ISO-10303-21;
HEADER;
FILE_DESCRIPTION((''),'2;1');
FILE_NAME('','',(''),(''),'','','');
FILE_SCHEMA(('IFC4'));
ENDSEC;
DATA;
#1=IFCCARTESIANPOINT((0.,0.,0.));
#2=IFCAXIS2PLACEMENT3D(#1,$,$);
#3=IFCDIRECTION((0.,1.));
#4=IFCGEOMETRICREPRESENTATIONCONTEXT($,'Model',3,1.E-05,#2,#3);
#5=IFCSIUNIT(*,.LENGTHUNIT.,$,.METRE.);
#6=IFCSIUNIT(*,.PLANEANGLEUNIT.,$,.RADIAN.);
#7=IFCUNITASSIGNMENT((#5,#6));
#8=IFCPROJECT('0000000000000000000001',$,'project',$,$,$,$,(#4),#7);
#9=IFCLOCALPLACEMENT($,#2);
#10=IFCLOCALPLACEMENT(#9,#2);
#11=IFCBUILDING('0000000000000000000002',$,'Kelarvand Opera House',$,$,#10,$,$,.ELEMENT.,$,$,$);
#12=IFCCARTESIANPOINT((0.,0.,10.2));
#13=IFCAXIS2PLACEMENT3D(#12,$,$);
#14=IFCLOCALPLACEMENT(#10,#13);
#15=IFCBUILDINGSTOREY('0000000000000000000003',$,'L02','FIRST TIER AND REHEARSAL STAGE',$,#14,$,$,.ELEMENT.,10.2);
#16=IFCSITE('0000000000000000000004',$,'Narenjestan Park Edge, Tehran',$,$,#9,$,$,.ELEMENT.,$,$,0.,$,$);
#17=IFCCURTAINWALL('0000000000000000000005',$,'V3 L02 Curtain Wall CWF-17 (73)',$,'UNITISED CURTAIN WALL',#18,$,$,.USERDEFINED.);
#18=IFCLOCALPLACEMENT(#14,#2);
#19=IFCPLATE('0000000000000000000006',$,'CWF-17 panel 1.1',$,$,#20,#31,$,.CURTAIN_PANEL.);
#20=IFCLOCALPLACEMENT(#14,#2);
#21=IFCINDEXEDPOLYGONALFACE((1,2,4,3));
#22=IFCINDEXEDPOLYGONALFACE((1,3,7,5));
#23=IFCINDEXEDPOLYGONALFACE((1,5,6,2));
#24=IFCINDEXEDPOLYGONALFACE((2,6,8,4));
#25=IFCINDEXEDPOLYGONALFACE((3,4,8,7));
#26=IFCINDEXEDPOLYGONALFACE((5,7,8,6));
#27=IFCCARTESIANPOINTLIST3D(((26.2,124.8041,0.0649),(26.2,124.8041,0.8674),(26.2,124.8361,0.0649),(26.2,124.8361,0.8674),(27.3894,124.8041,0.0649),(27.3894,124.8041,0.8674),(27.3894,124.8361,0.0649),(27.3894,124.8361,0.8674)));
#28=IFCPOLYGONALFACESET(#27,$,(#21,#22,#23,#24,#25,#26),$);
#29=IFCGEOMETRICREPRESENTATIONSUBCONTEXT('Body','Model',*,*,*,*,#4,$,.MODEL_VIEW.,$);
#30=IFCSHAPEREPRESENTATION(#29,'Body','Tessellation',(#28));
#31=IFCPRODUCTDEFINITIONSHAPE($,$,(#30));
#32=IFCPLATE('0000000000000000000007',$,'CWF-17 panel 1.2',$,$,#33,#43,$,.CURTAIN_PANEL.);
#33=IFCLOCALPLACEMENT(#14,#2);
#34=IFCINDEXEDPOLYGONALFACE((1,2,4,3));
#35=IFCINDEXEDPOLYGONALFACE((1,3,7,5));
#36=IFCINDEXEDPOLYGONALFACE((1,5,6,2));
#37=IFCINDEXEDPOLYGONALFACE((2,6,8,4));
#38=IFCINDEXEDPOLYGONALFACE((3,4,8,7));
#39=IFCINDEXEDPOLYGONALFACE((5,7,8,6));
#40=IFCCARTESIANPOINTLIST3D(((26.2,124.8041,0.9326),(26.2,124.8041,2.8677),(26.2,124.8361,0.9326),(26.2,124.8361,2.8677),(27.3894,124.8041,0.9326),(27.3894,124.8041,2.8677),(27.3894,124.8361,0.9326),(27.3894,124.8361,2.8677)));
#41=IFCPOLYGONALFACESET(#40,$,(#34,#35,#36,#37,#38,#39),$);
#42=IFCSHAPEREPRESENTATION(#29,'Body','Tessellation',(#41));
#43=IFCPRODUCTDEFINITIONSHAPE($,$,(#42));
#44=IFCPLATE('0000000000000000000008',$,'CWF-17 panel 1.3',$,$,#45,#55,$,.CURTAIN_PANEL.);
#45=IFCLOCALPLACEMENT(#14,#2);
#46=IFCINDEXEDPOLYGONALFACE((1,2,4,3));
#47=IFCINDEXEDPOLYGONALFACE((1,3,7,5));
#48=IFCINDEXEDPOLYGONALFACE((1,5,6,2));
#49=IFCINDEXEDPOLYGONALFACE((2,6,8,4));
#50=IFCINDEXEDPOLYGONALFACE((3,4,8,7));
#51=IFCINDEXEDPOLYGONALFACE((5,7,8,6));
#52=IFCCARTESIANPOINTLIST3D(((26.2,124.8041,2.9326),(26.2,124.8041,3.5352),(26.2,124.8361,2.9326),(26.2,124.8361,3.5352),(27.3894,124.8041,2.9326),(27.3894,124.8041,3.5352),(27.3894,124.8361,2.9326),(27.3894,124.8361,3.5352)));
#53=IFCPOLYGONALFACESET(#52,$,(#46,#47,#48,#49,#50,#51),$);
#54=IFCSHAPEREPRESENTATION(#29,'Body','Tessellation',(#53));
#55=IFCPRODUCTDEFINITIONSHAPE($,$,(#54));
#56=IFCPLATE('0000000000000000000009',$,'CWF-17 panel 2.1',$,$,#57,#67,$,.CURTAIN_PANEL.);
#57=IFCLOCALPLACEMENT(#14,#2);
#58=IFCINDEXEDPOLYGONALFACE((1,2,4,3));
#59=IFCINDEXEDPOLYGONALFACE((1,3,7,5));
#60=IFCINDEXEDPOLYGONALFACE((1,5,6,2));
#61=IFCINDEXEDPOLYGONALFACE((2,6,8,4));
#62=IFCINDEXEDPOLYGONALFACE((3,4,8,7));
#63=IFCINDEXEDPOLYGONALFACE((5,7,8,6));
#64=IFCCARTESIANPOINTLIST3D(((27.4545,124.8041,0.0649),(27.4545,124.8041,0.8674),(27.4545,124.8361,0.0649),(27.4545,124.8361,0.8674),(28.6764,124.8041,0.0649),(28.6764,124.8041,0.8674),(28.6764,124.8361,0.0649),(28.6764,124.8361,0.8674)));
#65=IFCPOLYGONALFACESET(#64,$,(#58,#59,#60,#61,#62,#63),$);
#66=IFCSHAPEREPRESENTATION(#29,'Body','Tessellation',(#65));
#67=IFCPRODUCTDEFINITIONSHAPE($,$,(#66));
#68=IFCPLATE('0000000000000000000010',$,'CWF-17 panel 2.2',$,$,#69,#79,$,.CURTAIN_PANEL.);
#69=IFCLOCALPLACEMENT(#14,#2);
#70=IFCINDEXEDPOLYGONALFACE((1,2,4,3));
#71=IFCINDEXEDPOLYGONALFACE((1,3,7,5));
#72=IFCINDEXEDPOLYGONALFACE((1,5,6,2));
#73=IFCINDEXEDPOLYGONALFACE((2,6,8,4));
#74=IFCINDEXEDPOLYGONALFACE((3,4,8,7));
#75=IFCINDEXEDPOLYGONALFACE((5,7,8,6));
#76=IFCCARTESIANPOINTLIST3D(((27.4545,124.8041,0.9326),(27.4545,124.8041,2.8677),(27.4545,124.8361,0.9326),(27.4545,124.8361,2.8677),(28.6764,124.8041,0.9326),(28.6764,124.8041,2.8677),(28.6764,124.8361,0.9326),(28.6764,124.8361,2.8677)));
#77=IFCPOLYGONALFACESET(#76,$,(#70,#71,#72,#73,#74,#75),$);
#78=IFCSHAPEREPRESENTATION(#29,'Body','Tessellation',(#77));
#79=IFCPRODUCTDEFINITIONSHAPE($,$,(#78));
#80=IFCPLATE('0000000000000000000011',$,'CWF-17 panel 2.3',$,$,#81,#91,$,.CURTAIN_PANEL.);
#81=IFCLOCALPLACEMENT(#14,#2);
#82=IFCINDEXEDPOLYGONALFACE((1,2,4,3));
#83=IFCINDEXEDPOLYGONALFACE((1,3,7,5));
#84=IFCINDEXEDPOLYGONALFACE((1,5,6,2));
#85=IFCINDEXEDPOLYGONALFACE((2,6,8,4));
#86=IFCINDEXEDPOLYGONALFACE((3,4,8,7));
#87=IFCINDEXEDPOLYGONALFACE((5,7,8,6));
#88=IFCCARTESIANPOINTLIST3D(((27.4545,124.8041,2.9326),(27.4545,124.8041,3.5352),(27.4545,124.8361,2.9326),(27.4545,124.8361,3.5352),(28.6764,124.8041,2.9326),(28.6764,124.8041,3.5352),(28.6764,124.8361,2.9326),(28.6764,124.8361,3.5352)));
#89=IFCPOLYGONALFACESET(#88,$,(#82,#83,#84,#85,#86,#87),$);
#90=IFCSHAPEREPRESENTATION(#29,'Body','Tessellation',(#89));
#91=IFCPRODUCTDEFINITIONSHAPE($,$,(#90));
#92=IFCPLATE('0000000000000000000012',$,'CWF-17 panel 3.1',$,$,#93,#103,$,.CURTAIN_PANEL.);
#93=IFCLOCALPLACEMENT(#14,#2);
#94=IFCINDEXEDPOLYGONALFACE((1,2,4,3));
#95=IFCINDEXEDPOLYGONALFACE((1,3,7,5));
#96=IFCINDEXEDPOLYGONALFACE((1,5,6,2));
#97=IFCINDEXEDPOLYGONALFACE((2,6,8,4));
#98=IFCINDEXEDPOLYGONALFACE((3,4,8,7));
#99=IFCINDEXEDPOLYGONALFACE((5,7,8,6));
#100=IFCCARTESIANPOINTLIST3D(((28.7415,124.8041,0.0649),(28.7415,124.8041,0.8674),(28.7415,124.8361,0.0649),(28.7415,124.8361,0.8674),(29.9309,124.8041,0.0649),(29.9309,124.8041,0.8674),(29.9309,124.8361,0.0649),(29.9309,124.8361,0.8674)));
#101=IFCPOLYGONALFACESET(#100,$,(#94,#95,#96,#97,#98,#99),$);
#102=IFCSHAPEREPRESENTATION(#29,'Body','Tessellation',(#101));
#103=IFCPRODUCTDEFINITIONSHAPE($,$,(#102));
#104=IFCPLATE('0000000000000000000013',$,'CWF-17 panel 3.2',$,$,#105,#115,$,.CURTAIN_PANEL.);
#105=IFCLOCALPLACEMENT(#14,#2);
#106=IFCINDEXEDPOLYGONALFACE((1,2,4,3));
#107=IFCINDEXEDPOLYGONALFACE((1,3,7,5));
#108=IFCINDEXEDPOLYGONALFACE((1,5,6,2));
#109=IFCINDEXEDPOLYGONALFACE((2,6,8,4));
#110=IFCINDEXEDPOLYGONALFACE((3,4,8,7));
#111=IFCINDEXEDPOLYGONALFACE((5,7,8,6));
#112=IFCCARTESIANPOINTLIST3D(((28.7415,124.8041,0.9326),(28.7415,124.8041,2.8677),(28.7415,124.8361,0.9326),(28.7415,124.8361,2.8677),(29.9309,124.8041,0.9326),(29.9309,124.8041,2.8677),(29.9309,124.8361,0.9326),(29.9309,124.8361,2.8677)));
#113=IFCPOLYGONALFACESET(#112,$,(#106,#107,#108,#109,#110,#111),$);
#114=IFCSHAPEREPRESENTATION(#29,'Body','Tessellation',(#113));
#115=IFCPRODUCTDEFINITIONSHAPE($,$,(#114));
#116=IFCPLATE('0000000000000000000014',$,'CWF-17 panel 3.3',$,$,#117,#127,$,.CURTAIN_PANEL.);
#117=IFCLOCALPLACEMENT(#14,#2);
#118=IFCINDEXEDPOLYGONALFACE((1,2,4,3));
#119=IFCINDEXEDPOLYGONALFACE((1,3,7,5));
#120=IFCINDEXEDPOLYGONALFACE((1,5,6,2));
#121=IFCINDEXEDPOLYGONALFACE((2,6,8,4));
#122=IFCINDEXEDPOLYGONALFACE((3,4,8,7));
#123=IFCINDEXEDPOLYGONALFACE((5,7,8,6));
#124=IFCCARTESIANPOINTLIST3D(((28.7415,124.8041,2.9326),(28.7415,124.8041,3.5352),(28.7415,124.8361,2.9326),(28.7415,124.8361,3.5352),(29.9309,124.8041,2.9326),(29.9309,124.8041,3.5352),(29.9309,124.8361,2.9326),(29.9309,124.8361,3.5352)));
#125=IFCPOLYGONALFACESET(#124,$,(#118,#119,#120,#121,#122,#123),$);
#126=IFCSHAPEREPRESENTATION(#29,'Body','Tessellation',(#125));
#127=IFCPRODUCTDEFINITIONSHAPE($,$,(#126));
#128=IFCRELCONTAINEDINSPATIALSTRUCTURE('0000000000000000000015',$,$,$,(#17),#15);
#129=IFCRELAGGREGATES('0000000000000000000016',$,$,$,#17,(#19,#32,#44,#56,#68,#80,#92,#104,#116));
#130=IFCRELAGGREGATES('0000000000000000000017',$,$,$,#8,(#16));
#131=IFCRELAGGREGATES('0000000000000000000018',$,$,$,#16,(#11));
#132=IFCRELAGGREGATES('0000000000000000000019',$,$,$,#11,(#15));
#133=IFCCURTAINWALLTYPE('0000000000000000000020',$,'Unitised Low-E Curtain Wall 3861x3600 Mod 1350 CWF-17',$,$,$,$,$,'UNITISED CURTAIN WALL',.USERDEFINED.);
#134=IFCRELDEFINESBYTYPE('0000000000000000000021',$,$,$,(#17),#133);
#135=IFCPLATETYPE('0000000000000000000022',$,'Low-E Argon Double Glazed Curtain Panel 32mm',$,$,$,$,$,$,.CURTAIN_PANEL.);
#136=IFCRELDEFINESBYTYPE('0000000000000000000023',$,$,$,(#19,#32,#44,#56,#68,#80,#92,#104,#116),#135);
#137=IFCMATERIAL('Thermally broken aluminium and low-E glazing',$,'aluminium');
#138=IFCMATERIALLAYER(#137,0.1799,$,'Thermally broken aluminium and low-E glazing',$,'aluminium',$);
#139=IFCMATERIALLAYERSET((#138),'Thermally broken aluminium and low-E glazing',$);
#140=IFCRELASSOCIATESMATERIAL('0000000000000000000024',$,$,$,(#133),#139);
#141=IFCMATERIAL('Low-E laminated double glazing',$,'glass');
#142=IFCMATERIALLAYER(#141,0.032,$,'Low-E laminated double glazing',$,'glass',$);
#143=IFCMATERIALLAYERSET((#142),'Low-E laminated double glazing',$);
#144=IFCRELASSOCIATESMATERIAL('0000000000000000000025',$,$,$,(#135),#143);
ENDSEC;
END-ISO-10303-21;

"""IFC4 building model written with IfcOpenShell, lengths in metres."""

from ifc_helpers import new_model, si_unit, direction, frame, origin, origin_2d, place, context, subcontext, project, spatial, rectangle, extrude, material, layer, layer_set, type_object, element, aggregate, save


model = new_model("IFC4")

# Units and contexts
model_context = context("Model", 3, precision=1e-05, world=origin(), true_north=direction((0.0, 1.0)))
body_context = subcontext(model_context, "Body", "Model", "MODEL_VIEW")
ifc_project = project(units=[si_unit("LENGTHUNIT", "METRE"), si_unit("PLANEANGLEUNIT", "RADIAN")], contexts=[model_context])

# Site, building, storey
site_placement = place(None, origin())
site = spatial("IfcSite", under=ifc_project, at=site_placement, Name="Narenjestan Park Edge, Tehran", CompositionType="ELEMENT", RefElevation=0.0)
building_placement = place(site_placement, origin())
building = spatial("IfcBuilding", under=site, at=building_placement, Name="Kelarvand Opera House", CompositionType="ELEMENT")
storey_placement = place(building_placement, frame((0.0, 0.0, 10.2)))
storey = spatial("IfcBuildingStorey", under=building, at=storey_placement, Name="L02", Description="FIRST TIER AND REHEARSAL STAGE", CompositionType="ELEMENT", Elevation=10.2)

# Curtain wall
ifc_material_1 = material(Name="Thermally broken aluminium and low-E glazing", Category="aluminium")
ifc_layer_1 = layer(ifc_material_1, 0.1799, Name="Thermally broken aluminium and low-E glazing", Category="aluminium")
ifc_layer_set_1 = layer_set([ifc_layer_1], Name="Thermally broken aluminium and low-E glazing")
curtain_wall_type = type_object("IfcCurtainWallType", Name="Unitised Low-E Curtain Wall 3861x3600 Mod 1350 CWF-17", ElementType="UNITISED CURTAIN WALL", PredefinedType="USERDEFINED", material=ifc_layer_set_1)
curtain_wall_1_placement = place(storey_placement, origin())
curtain_wall_1 = element("IfcCurtainWall", 1, at=curtain_wall_1_placement, inside=storey, type_object=curtain_wall_type, Name="V3 L02 Curtain Wall CWF-17 (73)", ObjectType="UNITISED CURTAIN WALL", PredefinedType="USERDEFINED")

# Plates
ifc_material_2 = material(Name="Low-E laminated double glazing", Category="glass")
ifc_layer_2 = layer(ifc_material_2, 0.032, Name="Low-E laminated double glazing", Category="glass")
ifc_layer_set_2 = layer_set([ifc_layer_2], Name="Low-E laminated double glazing")
plate_type = type_object("IfcPlateType", Name="Low-E Argon Double Glazed Curtain Panel 32mm", PredefinedType="CURTAIN_PANEL", material=ifc_layer_set_2)
plate_1_placement = place(storey_placement, frame((26.7947, 124.8201, 0.0649), z_axis=(0.0, 0.0, 1.0), x_axis=(1.0, 0.0, 0.0)))
plate_1 = element("IfcPlate", 2, at=plate_1_placement, type_object=plate_type, Name="CWF-17 panel 1.1", PredefinedType="CURTAIN_PANEL", context=body_context, shape_type="SweptSolid", body=[
    extrude(rectangle(XDim=1.1895, YDim=0.032, at=origin_2d()), origin(), (0.0, 0.0, 1.0), 0.8025),
])
plate_2_placement = place(storey_placement, frame((26.7947, 124.8201, 0.9326), z_axis=(0.0, 0.0, 1.0), x_axis=(1.0, 0.0, 0.0)))
plate_2 = element("IfcPlate", 3, at=plate_2_placement, type_object=plate_type, Name="CWF-17 panel 1.2", PredefinedType="CURTAIN_PANEL", context=body_context, shape_type="SweptSolid", body=[
    extrude(rectangle(XDim=1.1895, YDim=0.032, at=origin_2d()), origin(), (0.0, 0.0, 1.0), 1.9351),
])
plate_3_placement = place(storey_placement, frame((26.7947, 124.8201, 2.9326), z_axis=(0.0, 0.0, 1.0), x_axis=(1.0, 0.0, 0.0)))
plate_3 = element("IfcPlate", 4, at=plate_3_placement, type_object=plate_type, Name="CWF-17 panel 1.3", PredefinedType="CURTAIN_PANEL", context=body_context, shape_type="SweptSolid", body=[
    extrude(rectangle(XDim=1.1895, YDim=0.032, at=origin_2d()), origin(), (0.0, 0.0, 1.0), 0.6025),
])
plate_4_placement = place(storey_placement, frame((28.0654, 124.8201, 0.0649), z_axis=(0.0, 0.0, 1.0), x_axis=(1.0, 0.0, 0.0)))
plate_4 = element("IfcPlate", 5, at=plate_4_placement, type_object=plate_type, Name="CWF-17 panel 2.1", PredefinedType="CURTAIN_PANEL", context=body_context, shape_type="SweptSolid", body=[
    extrude(rectangle(XDim=1.2219, YDim=0.032, at=origin_2d()), origin(), (0.0, 0.0, 1.0), 0.8025),
])
plate_5_placement = place(storey_placement, frame((28.0654, 124.8201, 0.9326), z_axis=(0.0, 0.0, 1.0), x_axis=(1.0, 0.0, 0.0)))
plate_5 = element("IfcPlate", 6, at=plate_5_placement, type_object=plate_type, Name="CWF-17 panel 2.2", PredefinedType="CURTAIN_PANEL", context=body_context, shape_type="SweptSolid", body=[
    extrude(rectangle(XDim=1.2219, YDim=0.032, at=origin_2d()), origin(), (0.0, 0.0, 1.0), 1.9351),
])
plate_6_placement = place(storey_placement, frame((28.0654, 124.8201, 2.9326), z_axis=(0.0, 0.0, 1.0), x_axis=(1.0, 0.0, 0.0)))
plate_6 = element("IfcPlate", 7, at=plate_6_placement, type_object=plate_type, Name="CWF-17 panel 2.3", PredefinedType="CURTAIN_PANEL", context=body_context, shape_type="SweptSolid", body=[
    extrude(rectangle(XDim=1.2219, YDim=0.032, at=origin_2d()), origin(), (0.0, 0.0, 1.0), 0.6025),
])
plate_7_placement = place(storey_placement, frame((29.3362, 124.8201, 0.0649), z_axis=(0.0, 0.0, 1.0), x_axis=(1.0, 0.0, 0.0)))
plate_7 = element("IfcPlate", 8, at=plate_7_placement, type_object=plate_type, Name="CWF-17 panel 3.1", PredefinedType="CURTAIN_PANEL", context=body_context, shape_type="SweptSolid", body=[
    extrude(rectangle(XDim=1.1895, YDim=0.032, at=origin_2d()), origin(), (0.0, 0.0, 1.0), 0.8025),
])
plate_8_placement = place(storey_placement, frame((29.3362, 124.8201, 0.9326), z_axis=(0.0, 0.0, 1.0), x_axis=(1.0, 0.0, 0.0)))
plate_8 = element("IfcPlate", 9, at=plate_8_placement, type_object=plate_type, Name="CWF-17 panel 3.2", PredefinedType="CURTAIN_PANEL", context=body_context, shape_type="SweptSolid", body=[
    extrude(rectangle(XDim=1.1895, YDim=0.032, at=origin_2d()), origin(), (0.0, 0.0, 1.0), 1.9351),
])
plate_9_placement = place(storey_placement, frame((29.3362, 124.8201, 2.9326), z_axis=(0.0, 0.0, 1.0), x_axis=(1.0, 0.0, 0.0)))
plate_9 = element("IfcPlate", 10, at=plate_9_placement, type_object=plate_type, Name="CWF-17 panel 3.3", PredefinedType="CURTAIN_PANEL", context=body_context, shape_type="SweptSolid", body=[
    extrude(rectangle(XDim=1.1895, YDim=0.032, at=origin_2d()), origin(), (0.0, 0.0, 1.0), 0.6025),
])
aggregate(curtain_wall_1, [plate_1, plate_2, plate_3, plate_4, plate_5, plate_6, plate_7, plate_8, plate_9])

save(model, "model.ifc")
